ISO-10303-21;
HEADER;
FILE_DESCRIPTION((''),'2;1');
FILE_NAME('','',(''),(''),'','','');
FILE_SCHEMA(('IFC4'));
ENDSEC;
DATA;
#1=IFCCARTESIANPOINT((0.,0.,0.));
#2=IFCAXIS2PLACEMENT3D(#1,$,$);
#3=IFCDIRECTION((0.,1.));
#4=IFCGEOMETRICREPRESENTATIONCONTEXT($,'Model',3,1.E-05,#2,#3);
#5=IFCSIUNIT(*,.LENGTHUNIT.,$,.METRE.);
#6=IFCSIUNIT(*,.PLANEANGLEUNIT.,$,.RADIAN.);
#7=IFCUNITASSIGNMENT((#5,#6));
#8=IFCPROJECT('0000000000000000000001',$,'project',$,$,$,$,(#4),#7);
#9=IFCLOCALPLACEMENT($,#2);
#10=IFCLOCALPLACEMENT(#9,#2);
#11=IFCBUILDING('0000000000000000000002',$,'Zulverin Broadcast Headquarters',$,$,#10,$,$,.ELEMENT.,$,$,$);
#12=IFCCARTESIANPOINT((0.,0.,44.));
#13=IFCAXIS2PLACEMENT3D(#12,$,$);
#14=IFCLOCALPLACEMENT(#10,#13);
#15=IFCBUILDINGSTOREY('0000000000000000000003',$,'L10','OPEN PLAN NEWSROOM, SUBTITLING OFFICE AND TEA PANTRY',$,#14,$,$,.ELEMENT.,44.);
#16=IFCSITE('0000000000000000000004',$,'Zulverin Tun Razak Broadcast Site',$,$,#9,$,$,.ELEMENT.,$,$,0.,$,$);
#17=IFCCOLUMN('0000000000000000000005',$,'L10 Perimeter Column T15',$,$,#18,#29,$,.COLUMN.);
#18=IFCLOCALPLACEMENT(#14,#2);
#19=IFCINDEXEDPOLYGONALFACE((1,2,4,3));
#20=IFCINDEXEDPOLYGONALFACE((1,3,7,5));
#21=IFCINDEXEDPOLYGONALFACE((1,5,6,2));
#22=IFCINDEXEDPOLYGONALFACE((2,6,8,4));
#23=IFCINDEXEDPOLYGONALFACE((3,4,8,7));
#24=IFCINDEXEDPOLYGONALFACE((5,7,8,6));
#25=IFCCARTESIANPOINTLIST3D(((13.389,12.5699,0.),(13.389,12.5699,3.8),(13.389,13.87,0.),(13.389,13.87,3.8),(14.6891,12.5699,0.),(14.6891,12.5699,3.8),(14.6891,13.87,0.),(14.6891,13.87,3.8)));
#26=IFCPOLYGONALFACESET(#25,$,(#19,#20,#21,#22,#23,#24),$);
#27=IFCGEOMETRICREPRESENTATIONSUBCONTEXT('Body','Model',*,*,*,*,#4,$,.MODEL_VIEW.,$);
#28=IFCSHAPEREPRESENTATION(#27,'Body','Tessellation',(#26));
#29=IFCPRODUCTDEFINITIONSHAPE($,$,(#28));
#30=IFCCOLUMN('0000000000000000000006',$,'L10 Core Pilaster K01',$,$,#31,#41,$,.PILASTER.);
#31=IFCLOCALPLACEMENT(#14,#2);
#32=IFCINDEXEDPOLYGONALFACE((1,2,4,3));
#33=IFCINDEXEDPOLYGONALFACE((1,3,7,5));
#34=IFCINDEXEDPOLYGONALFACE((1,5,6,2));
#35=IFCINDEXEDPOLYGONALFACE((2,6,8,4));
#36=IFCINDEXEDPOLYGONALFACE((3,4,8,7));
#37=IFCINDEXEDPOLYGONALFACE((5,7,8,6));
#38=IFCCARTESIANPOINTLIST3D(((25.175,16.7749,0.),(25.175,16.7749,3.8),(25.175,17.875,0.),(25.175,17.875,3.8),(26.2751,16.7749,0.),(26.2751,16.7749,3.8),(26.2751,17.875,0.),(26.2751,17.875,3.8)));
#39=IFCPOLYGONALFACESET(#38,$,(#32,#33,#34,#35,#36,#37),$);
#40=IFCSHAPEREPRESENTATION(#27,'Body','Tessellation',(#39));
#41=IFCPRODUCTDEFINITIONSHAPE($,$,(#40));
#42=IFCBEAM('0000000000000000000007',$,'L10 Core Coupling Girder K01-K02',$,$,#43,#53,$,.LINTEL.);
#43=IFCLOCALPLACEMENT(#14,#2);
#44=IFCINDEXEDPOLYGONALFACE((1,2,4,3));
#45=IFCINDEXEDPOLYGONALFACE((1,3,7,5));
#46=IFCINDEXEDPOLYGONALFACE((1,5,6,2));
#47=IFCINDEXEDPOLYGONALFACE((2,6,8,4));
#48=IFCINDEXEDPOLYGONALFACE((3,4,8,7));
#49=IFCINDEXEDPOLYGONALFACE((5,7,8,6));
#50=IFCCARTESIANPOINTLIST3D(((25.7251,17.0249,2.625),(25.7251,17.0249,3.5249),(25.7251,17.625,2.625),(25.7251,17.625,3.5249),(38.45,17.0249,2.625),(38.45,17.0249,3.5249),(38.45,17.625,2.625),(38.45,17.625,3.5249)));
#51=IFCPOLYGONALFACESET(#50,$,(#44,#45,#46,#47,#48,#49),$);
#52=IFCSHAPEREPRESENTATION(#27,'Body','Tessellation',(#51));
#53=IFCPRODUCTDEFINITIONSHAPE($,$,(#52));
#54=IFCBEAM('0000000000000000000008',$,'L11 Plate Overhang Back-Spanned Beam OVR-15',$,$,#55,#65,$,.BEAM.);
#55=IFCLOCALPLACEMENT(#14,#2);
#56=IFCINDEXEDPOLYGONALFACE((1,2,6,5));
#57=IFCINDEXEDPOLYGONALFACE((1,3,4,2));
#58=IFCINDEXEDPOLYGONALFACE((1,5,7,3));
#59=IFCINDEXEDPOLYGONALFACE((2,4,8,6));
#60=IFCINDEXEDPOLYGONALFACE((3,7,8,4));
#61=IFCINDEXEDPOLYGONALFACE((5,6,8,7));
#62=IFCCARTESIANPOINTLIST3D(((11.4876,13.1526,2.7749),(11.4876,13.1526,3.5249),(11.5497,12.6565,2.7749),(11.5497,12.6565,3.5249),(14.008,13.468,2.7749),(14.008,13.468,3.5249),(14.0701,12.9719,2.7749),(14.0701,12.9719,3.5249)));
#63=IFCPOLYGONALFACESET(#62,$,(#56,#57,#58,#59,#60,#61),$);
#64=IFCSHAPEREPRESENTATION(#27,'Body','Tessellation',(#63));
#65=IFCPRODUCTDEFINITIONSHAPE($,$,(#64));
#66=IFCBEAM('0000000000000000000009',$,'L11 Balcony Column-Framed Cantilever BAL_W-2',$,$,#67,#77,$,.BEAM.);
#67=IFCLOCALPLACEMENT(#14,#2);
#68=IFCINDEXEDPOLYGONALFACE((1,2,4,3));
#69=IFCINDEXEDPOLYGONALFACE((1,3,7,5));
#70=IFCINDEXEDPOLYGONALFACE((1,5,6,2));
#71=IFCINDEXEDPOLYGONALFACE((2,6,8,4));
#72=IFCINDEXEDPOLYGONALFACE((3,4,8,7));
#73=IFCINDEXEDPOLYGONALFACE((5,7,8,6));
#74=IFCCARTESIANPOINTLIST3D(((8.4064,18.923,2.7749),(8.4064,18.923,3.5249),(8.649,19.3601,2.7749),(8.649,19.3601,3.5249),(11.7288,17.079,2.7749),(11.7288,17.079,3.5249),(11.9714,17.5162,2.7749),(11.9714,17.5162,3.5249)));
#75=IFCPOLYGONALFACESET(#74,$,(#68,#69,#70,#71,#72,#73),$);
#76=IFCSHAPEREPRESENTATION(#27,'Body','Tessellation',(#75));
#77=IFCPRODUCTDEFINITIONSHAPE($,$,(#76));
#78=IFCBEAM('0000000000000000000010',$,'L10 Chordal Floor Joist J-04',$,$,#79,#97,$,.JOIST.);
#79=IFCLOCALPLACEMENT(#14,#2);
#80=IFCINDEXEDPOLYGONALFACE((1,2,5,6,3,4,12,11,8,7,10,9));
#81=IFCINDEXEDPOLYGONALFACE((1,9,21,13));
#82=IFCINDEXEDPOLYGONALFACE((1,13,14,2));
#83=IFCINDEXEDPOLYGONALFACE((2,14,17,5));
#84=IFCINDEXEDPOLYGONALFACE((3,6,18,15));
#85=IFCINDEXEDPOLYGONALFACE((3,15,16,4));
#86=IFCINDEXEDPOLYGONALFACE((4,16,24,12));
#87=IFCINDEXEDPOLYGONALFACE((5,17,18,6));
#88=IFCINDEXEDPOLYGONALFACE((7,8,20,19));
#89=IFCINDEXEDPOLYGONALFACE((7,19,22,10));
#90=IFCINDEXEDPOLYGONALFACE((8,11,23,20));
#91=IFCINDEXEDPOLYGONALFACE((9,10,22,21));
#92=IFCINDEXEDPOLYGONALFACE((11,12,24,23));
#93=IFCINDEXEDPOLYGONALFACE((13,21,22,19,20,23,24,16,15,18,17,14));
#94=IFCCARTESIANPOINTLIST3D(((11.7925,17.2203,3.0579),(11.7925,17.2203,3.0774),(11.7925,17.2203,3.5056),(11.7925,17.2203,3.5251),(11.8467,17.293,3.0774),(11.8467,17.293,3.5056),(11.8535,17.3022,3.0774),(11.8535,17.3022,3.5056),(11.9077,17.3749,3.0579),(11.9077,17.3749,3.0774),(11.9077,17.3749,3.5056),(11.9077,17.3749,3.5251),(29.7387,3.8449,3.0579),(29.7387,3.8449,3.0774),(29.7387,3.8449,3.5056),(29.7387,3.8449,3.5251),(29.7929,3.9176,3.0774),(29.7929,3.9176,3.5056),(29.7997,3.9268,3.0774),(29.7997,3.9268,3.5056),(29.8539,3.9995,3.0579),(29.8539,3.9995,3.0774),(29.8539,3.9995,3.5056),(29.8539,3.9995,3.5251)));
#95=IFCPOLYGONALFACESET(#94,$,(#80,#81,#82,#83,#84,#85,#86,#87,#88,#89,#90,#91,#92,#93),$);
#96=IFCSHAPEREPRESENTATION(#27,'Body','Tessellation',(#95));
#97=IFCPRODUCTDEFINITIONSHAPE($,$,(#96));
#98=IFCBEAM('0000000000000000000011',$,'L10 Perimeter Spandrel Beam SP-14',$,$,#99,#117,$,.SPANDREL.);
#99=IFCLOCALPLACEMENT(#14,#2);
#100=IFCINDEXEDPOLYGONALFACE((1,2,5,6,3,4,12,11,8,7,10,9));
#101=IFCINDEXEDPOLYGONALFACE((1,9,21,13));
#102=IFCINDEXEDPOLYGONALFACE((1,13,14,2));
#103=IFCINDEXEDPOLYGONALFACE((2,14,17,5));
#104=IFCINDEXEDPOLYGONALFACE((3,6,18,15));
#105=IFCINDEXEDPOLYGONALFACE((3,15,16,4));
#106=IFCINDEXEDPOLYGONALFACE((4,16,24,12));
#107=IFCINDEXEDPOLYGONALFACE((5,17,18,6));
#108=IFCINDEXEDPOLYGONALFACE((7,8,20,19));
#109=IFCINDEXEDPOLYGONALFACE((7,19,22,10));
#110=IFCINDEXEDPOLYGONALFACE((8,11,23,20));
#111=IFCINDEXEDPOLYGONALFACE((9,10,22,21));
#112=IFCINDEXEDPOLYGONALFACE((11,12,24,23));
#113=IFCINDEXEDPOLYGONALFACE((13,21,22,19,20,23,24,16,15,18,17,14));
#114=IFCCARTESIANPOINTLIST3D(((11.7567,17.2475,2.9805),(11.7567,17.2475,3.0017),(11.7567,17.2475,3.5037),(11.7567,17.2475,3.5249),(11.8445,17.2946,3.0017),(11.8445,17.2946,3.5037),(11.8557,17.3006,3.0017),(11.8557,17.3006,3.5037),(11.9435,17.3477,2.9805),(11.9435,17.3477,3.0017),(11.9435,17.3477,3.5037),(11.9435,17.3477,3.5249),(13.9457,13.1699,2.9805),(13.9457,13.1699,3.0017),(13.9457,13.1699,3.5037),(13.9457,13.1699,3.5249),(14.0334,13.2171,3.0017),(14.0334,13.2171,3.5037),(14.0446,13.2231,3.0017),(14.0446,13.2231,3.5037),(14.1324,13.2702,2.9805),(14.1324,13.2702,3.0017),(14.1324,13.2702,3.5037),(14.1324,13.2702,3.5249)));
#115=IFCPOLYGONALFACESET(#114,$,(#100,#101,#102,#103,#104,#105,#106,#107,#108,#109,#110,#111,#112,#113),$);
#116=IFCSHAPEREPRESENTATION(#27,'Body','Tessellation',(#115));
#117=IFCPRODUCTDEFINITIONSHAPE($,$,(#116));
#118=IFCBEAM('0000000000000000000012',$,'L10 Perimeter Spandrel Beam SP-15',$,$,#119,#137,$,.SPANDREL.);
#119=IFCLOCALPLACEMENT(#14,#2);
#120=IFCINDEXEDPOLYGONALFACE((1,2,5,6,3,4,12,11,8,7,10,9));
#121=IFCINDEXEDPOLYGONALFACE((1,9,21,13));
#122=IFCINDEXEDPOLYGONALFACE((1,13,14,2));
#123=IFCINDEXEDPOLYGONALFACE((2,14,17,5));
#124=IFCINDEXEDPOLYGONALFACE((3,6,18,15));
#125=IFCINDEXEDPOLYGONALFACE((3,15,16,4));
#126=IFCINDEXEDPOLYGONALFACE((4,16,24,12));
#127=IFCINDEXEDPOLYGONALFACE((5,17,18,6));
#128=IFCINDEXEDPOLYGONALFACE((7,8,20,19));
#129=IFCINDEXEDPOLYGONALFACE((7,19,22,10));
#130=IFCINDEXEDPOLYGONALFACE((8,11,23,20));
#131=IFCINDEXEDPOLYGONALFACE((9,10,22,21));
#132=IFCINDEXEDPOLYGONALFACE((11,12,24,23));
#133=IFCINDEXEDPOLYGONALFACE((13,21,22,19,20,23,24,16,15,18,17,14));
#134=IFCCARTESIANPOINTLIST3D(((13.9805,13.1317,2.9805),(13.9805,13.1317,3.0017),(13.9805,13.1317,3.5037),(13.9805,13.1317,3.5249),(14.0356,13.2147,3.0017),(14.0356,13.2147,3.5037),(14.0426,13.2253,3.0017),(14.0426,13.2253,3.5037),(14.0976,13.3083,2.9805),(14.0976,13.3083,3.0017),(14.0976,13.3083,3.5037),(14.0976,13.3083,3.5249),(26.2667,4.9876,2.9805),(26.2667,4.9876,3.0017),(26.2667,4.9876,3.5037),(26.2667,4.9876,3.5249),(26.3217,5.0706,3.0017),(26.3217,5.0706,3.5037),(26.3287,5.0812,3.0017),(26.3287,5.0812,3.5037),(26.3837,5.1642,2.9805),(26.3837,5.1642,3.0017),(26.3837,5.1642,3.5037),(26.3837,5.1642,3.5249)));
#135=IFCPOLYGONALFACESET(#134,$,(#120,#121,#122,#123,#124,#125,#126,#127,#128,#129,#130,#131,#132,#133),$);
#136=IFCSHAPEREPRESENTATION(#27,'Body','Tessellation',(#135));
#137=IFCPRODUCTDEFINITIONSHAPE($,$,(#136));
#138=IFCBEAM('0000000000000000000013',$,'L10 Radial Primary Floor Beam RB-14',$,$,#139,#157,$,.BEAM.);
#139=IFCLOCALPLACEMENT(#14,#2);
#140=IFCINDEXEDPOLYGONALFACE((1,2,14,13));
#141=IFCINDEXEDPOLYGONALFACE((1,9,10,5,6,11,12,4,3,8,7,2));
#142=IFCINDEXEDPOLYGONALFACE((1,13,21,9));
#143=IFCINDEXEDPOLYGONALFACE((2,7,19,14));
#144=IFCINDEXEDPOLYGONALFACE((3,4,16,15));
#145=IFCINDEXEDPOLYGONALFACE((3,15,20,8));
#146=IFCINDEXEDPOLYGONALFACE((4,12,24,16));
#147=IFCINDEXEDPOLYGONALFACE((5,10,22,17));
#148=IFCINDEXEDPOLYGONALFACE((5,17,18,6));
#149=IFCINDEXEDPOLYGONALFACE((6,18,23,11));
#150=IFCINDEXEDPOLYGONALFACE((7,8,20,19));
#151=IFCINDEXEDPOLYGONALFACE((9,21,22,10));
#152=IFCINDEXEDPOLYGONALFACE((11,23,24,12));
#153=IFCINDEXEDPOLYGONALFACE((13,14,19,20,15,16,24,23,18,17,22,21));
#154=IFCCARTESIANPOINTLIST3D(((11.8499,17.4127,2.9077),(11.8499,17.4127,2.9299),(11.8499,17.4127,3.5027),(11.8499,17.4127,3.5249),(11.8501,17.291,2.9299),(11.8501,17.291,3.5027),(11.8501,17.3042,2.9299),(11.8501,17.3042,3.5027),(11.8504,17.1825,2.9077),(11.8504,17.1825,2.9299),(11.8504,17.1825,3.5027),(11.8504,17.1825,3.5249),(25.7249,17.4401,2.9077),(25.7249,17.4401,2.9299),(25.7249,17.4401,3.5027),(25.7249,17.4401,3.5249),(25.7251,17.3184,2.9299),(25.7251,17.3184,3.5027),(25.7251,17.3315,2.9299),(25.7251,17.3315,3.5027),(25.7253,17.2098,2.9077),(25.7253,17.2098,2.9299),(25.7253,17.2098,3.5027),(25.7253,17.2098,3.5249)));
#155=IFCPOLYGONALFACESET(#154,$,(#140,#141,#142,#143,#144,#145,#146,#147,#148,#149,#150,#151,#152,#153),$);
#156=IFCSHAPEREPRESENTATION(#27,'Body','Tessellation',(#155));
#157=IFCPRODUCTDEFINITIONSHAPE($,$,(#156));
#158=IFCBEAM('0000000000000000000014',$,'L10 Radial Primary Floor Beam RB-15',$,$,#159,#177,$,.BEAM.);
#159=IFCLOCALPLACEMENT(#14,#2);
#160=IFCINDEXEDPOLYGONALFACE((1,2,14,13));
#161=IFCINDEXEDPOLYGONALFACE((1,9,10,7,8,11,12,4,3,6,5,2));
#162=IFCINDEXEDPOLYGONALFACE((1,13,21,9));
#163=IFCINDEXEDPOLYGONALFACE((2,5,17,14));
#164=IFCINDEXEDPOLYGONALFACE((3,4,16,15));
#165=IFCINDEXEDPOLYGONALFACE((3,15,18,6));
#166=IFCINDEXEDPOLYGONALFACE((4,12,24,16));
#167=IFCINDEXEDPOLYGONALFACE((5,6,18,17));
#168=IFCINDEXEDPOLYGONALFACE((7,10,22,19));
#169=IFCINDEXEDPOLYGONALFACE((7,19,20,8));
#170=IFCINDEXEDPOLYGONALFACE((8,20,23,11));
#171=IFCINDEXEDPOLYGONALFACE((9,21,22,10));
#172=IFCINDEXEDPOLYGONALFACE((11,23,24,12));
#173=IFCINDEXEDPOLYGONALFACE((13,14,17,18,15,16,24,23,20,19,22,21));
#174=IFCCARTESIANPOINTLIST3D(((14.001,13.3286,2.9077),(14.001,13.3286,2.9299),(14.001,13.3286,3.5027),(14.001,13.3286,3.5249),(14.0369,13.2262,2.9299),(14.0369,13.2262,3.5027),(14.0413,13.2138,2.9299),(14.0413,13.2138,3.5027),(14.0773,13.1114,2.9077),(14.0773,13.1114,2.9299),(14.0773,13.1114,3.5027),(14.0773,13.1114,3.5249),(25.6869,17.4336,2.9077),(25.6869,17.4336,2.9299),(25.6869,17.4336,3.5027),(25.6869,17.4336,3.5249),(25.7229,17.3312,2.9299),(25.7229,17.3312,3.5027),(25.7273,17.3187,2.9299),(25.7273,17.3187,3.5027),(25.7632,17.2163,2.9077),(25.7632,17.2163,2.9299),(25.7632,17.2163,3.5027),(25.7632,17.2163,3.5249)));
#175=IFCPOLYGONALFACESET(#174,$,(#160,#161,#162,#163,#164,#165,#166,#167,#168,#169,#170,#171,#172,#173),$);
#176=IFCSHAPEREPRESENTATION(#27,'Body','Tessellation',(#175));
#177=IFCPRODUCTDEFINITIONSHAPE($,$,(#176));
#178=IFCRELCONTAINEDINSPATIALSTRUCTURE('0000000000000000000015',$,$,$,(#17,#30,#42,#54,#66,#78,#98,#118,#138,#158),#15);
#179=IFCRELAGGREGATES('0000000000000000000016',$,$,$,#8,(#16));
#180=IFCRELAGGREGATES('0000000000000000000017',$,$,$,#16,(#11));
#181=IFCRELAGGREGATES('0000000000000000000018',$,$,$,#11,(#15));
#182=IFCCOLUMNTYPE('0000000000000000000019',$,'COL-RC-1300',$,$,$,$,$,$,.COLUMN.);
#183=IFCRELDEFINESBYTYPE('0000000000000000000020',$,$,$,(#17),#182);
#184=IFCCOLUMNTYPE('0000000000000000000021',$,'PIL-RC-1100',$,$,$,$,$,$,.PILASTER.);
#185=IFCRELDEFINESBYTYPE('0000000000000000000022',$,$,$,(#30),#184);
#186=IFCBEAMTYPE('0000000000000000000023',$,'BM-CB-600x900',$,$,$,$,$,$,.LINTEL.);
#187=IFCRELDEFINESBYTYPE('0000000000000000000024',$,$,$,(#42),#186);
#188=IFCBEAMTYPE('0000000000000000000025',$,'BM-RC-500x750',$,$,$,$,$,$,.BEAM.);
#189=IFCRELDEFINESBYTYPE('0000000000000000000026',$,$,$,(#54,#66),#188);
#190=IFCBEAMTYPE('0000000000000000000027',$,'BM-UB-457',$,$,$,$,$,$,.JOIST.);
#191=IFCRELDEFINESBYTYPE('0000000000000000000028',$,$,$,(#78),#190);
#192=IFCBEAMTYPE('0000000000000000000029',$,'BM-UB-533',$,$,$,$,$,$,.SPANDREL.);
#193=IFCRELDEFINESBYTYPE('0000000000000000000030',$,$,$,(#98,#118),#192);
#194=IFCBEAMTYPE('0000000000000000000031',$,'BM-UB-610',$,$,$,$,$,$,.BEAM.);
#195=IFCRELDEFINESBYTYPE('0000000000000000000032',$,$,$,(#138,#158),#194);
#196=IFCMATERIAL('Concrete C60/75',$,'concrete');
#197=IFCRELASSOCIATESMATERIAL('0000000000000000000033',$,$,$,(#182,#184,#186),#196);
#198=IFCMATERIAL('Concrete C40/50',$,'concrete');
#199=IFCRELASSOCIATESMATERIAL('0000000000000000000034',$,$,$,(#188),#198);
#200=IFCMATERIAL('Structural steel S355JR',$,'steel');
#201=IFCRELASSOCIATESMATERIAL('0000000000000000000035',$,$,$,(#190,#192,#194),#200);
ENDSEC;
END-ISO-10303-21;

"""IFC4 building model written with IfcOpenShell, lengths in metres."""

from ifc_helpers import new_model, si_unit, direction, frame, origin, origin_2d, place, context, subcontext, project, spatial, rectangle, i_section, extrude, material, material_profile, profile_set, type_object, element, save


model = new_model("IFC4")

# Units and contexts
model_context = context("Model", 3, precision=1e-05, world=origin(), true_north=direction((0.0, 1.0)))
body_context = subcontext(model_context, "Body", "Model", "MODEL_VIEW")
ifc_project = project(units=[si_unit("LENGTHUNIT", "METRE"), si_unit("PLANEANGLEUNIT", "RADIAN")], contexts=[model_context])

# Site, building, storey
site_placement = place(None, origin())
site = spatial("IfcSite", under=ifc_project, at=site_placement, Name="Zulverin Tun Razak Broadcast Site", CompositionType="ELEMENT", RefElevation=0.0)
building_placement = place(site_placement, origin())
building = spatial("IfcBuilding", under=site, at=building_placement, Name="Zulverin Broadcast Headquarters", CompositionType="ELEMENT")
storey_placement = place(building_placement, frame((0.0, 0.0, 44.0)))
storey = spatial("IfcBuildingStorey", under=building, at=storey_placement, Name="L10", Description="OPEN PLAN NEWSROOM, SUBTITLING OFFICE AND TEA PANTRY", CompositionType="ELEMENT", Elevation=44.0)

# Columns
ifc_material_1 = material(Name="Concrete C60/75", Category="concrete")
ifc_material_profile_1 = material_profile(ifc_material_1, rectangle(XDim=1.3, YDim=1.3, at=origin_2d()), Name="Concrete C60/75", Category="concrete")
ifc_profile_set_1 = profile_set([ifc_material_profile_1], Name="Concrete C60/75")
column_type_1 = type_object("IfcColumnType", Name="COL-RC-1300", PredefinedType="COLUMN", material=ifc_profile_set_1)
column_1_placement = place(storey_placement, frame((14.0391, 13.22, 0.0), z_axis=(0.0, 0.0, 1.0), x_axis=(1.0, 0.0, 0.0)))
element("IfcColumn", 1, at=column_1_placement, inside=storey, type_object=column_type_1, Name="L10 Perimeter Column T15", PredefinedType="COLUMN", context=body_context, shape_type="SweptSolid", body=[
    extrude(rectangle(XDim=1.3, YDim=1.3, at=origin_2d()), origin(), (0.0, 0.0, 1.0), 3.8),
])
ifc_material_profile_2 = material_profile(ifc_material_1, rectangle(XDim=1.1001, YDim=1.1001, at=origin_2d()), Name="Concrete C60/75", Category="concrete")
ifc_profile_set_2 = profile_set([ifc_material_profile_2], Name="Concrete C60/75")
column_type_2 = type_object("IfcColumnType", Name="PIL-RC-1100", PredefinedType="PILASTER", material=ifc_profile_set_2)
column_2_placement = place(storey_placement, frame((25.7251, 17.325, 0.0), z_axis=(0.0, 0.0, 1.0), x_axis=(1.0, 0.0, 0.0)))
element("IfcColumn", 2, at=column_2_placement, inside=storey, type_object=column_type_2, Name="L10 Core Pilaster K01", PredefinedType="PILASTER", context=body_context, shape_type="SweptSolid", body=[
    extrude(rectangle(XDim=1.1001, YDim=1.1001, at=origin_2d()), origin(), (0.0, 0.0, 1.0), 3.8),
])

# Beams
ifc_material_profile_3 = material_profile(ifc_material_1, rectangle(XDim=0.6001, YDim=0.8999, at=origin_2d()), Name="Concrete C60/75", Category="concrete")
ifc_profile_set_3 = profile_set([ifc_material_profile_3], Name="Concrete C60/75")
beam_type_1 = type_object("IfcBeamType", Name="BM-CB-600x900", PredefinedType="LINTEL", material=ifc_profile_set_3)
beam_1_placement = place(storey_placement, frame((25.7251, 17.325, 3.075), z_axis=(1.0, 0.0, 0.0), x_axis=(0.0, 1.0, 0.0)))
element("IfcBeam", 3, at=beam_1_placement, inside=storey, type_object=beam_type_1, Name="L10 Core Coupling Girder K01-K02", PredefinedType="LINTEL", context=body_context, shape_type="SweptSolid", body=[
    extrude(rectangle(XDim=0.6001, YDim=0.8999, at=origin_2d()), origin(), (0.0, 0.0, 1.0), 12.7249),
])
ifc_material_2 = material(Name="Concrete C40/50", Category="concrete")
ifc_material_profile_4 = material_profile(ifc_material_2, rectangle(XDim=0.5, YDim=0.75, at=origin_2d()), Name="Concrete C40/50", Category="concrete")
ifc_profile_set_4 = profile_set([ifc_material_profile_4], Name="Concrete C40/50")
beam_type_2 = type_object("IfcBeamType", Name="BM-RC-500x750", PredefinedType="BEAM", material=ifc_profile_set_4)
beam_2_placement = place(storey_placement, frame((14.0391, 13.22, 3.1499), z_axis=(-0.992259, -0.124189, 0.0), x_axis=(0.124189, -0.992259, 0.0)))
element("IfcBeam", 4, at=beam_2_placement, inside=storey, type_object=beam_type_2, Name="L11 Plate Overhang Back-Spanned Beam OVR-15", PredefinedType="BEAM", context=body_context, shape_type="SweptSolid", body=[
    extrude(rectangle(XDim=0.5, YDim=0.75, at=origin_2d()), origin(), (0.0, 0.0, 1.0), 2.54),
])
beam_3_placement = place(storey_placement, frame((11.8501, 17.2976, 3.1499), z_axis=(-0.874363, 0.485272, 0.0), x_axis=(-0.485272, -0.874363, 0.0)))
element("IfcBeam", 5, at=beam_3_placement, inside=storey, type_object=beam_type_2, Name="L11 Balcony Column-Framed Cantilever BAL_W-2", PredefinedType="BEAM", context=body_context, shape_type="SweptSolid", body=[
    extrude(rectangle(XDim=0.5, YDim=0.75, at=origin_2d()), origin(), (0.0, 0.0, 1.0), 3.7998),
])
ifc_material_3 = material(Name="Structural steel S355JR", Category="steel")
ifc_material_profile_5 = material_profile(ifc_material_3, i_section(OverallWidth=0.1929, OverallDepth=0.4673, WebThickness=0.0115, FlangeThickness=0.0195, at=origin_2d()), Name="Structural steel S355JR", Category="steel")
ifc_profile_set_5 = profile_set([ifc_material_profile_5], Name="Structural steel S355JR")
beam_type_3 = type_object("IfcBeamType", Name="BM-UB-457", PredefinedType="JOIST", material=ifc_profile_set_5)
beam_4_placement = place(storey_placement, frame((11.8501, 17.2976, 3.2915), z_axis=(0.801803, -0.597589, 0.0), x_axis=(0.597589, 0.801803, 0.0)))
element("IfcBeam", 6, at=beam_4_placement, inside=storey, type_object=beam_type_3, Name="L10 Chordal Floor Joist J-04", PredefinedType="JOIST", context=body_context, shape_type="SweptSolid", body=[
    extrude(i_section(OverallWidth=0.1929, OverallDepth=0.4673, WebThickness=0.0115, FlangeThickness=0.0195, at=origin_2d()), origin(), (0.0, 0.0, 1.0), 22.3823),
])
ifc_material_profile_6 = material_profile(ifc_material_3, i_section(OverallWidth=0.2119, OverallDepth=0.5444, WebThickness=0.0127, FlangeThickness=0.0212, at=origin_2d()), Name="Structural steel S355JR", Category="steel")
ifc_profile_set_6 = profile_set([ifc_material_profile_6], Name="Structural steel S355JR")
beam_type_4 = type_object("IfcBeamType", Name="BM-UB-533", PredefinedType="SPANDREL", material=ifc_profile_set_6)
beam_5_placement = place(storey_placement, frame((11.8501, 17.2976, 3.2527), z_axis=(0.47298, -0.881073, 0.0), x_axis=(0.881073, 0.47298, 0.0)))
element("IfcBeam", 7, at=beam_5_placement, inside=storey, type_object=beam_type_4, Name="L10 Perimeter Spandrel Beam SP-14", PredefinedType="SPANDREL", context=body_context, shape_type="SweptSolid", body=[
    extrude(i_section(OverallWidth=0.2119, OverallDepth=0.5444, WebThickness=0.0127, FlangeThickness=0.0212, at=origin_2d()), origin(), (0.0, 0.0, 1.0), 4.6279),
])
beam_6_placement = place(storey_placement, frame((14.0391, 13.22, 3.2527), z_axis=(0.83351, -0.552504, 0.0), x_axis=(0.552504, 0.83351, 0.0)))
element("IfcBeam", 8, at=beam_6_placement, inside=storey, type_object=beam_type_4, Name="L10 Perimeter Spandrel Beam SP-15", PredefinedType="SPANDREL", context=body_context, shape_type="SweptSolid", body=[
    extrude(i_section(OverallWidth=0.2119, OverallDepth=0.5444, WebThickness=0.0127, FlangeThickness=0.0212, at=origin_2d()), origin(), (0.0, 0.0, 1.0), 14.7402),
])
ifc_material_profile_7 = material_profile(ifc_material_3, i_section(OverallWidth=0.2302, OverallDepth=0.6172, WebThickness=0.0132, FlangeThickness=0.0222, at=origin_2d()), Name="Structural steel S355JR", Category="steel")
ifc_profile_set_7 = profile_set([ifc_material_profile_7], Name="Structural steel S355JR")
beam_type_5 = type_object("IfcBeamType", Name="BM-UB-610", PredefinedType="BEAM", material=ifc_profile_set_7)
beam_7_placement = place(storey_placement, frame((25.7251, 17.325, 3.2163), z_axis=(-0.999998, -0.001971, 0.0), x_axis=(0.001971, -0.999998, 0.0)))
element("IfcBeam", 9, at=beam_7_placement, inside=storey, type_object=beam_type_5, Name="L10 Radial Primary Floor Beam RB-14", PredefinedType="BEAM", context=body_context, shape_type="SweptSolid", body=[
    extrude(i_section(OverallWidth=0.2302, OverallDepth=0.6172, WebThickness=0.0132, FlangeThickness=0.0222, at=origin_2d()), origin(), (0.0, 0.0, 1.0), 13.875),
])
beam_8_placement = place(storey_placement, frame((25.7251, 17.325, 3.2163), z_axis=(-0.943483, -0.33142, 0.0), x_axis=(0.33142, -0.943483, 0.0)))
element("IfcBeam", 10, at=beam_8_placement, inside=storey, type_object=beam_type_5, Name="L10 Radial Primary Floor Beam RB-15", PredefinedType="BEAM", context=body_context, shape_type="SweptSolid", body=[
    extrude(i_section(OverallWidth=0.2302, OverallDepth=0.6172, WebThickness=0.0132, FlangeThickness=0.0222, at=origin_2d()), origin(), (0.0, 0.0, 1.0), 12.386),
])

save(model, "model.ifc")
